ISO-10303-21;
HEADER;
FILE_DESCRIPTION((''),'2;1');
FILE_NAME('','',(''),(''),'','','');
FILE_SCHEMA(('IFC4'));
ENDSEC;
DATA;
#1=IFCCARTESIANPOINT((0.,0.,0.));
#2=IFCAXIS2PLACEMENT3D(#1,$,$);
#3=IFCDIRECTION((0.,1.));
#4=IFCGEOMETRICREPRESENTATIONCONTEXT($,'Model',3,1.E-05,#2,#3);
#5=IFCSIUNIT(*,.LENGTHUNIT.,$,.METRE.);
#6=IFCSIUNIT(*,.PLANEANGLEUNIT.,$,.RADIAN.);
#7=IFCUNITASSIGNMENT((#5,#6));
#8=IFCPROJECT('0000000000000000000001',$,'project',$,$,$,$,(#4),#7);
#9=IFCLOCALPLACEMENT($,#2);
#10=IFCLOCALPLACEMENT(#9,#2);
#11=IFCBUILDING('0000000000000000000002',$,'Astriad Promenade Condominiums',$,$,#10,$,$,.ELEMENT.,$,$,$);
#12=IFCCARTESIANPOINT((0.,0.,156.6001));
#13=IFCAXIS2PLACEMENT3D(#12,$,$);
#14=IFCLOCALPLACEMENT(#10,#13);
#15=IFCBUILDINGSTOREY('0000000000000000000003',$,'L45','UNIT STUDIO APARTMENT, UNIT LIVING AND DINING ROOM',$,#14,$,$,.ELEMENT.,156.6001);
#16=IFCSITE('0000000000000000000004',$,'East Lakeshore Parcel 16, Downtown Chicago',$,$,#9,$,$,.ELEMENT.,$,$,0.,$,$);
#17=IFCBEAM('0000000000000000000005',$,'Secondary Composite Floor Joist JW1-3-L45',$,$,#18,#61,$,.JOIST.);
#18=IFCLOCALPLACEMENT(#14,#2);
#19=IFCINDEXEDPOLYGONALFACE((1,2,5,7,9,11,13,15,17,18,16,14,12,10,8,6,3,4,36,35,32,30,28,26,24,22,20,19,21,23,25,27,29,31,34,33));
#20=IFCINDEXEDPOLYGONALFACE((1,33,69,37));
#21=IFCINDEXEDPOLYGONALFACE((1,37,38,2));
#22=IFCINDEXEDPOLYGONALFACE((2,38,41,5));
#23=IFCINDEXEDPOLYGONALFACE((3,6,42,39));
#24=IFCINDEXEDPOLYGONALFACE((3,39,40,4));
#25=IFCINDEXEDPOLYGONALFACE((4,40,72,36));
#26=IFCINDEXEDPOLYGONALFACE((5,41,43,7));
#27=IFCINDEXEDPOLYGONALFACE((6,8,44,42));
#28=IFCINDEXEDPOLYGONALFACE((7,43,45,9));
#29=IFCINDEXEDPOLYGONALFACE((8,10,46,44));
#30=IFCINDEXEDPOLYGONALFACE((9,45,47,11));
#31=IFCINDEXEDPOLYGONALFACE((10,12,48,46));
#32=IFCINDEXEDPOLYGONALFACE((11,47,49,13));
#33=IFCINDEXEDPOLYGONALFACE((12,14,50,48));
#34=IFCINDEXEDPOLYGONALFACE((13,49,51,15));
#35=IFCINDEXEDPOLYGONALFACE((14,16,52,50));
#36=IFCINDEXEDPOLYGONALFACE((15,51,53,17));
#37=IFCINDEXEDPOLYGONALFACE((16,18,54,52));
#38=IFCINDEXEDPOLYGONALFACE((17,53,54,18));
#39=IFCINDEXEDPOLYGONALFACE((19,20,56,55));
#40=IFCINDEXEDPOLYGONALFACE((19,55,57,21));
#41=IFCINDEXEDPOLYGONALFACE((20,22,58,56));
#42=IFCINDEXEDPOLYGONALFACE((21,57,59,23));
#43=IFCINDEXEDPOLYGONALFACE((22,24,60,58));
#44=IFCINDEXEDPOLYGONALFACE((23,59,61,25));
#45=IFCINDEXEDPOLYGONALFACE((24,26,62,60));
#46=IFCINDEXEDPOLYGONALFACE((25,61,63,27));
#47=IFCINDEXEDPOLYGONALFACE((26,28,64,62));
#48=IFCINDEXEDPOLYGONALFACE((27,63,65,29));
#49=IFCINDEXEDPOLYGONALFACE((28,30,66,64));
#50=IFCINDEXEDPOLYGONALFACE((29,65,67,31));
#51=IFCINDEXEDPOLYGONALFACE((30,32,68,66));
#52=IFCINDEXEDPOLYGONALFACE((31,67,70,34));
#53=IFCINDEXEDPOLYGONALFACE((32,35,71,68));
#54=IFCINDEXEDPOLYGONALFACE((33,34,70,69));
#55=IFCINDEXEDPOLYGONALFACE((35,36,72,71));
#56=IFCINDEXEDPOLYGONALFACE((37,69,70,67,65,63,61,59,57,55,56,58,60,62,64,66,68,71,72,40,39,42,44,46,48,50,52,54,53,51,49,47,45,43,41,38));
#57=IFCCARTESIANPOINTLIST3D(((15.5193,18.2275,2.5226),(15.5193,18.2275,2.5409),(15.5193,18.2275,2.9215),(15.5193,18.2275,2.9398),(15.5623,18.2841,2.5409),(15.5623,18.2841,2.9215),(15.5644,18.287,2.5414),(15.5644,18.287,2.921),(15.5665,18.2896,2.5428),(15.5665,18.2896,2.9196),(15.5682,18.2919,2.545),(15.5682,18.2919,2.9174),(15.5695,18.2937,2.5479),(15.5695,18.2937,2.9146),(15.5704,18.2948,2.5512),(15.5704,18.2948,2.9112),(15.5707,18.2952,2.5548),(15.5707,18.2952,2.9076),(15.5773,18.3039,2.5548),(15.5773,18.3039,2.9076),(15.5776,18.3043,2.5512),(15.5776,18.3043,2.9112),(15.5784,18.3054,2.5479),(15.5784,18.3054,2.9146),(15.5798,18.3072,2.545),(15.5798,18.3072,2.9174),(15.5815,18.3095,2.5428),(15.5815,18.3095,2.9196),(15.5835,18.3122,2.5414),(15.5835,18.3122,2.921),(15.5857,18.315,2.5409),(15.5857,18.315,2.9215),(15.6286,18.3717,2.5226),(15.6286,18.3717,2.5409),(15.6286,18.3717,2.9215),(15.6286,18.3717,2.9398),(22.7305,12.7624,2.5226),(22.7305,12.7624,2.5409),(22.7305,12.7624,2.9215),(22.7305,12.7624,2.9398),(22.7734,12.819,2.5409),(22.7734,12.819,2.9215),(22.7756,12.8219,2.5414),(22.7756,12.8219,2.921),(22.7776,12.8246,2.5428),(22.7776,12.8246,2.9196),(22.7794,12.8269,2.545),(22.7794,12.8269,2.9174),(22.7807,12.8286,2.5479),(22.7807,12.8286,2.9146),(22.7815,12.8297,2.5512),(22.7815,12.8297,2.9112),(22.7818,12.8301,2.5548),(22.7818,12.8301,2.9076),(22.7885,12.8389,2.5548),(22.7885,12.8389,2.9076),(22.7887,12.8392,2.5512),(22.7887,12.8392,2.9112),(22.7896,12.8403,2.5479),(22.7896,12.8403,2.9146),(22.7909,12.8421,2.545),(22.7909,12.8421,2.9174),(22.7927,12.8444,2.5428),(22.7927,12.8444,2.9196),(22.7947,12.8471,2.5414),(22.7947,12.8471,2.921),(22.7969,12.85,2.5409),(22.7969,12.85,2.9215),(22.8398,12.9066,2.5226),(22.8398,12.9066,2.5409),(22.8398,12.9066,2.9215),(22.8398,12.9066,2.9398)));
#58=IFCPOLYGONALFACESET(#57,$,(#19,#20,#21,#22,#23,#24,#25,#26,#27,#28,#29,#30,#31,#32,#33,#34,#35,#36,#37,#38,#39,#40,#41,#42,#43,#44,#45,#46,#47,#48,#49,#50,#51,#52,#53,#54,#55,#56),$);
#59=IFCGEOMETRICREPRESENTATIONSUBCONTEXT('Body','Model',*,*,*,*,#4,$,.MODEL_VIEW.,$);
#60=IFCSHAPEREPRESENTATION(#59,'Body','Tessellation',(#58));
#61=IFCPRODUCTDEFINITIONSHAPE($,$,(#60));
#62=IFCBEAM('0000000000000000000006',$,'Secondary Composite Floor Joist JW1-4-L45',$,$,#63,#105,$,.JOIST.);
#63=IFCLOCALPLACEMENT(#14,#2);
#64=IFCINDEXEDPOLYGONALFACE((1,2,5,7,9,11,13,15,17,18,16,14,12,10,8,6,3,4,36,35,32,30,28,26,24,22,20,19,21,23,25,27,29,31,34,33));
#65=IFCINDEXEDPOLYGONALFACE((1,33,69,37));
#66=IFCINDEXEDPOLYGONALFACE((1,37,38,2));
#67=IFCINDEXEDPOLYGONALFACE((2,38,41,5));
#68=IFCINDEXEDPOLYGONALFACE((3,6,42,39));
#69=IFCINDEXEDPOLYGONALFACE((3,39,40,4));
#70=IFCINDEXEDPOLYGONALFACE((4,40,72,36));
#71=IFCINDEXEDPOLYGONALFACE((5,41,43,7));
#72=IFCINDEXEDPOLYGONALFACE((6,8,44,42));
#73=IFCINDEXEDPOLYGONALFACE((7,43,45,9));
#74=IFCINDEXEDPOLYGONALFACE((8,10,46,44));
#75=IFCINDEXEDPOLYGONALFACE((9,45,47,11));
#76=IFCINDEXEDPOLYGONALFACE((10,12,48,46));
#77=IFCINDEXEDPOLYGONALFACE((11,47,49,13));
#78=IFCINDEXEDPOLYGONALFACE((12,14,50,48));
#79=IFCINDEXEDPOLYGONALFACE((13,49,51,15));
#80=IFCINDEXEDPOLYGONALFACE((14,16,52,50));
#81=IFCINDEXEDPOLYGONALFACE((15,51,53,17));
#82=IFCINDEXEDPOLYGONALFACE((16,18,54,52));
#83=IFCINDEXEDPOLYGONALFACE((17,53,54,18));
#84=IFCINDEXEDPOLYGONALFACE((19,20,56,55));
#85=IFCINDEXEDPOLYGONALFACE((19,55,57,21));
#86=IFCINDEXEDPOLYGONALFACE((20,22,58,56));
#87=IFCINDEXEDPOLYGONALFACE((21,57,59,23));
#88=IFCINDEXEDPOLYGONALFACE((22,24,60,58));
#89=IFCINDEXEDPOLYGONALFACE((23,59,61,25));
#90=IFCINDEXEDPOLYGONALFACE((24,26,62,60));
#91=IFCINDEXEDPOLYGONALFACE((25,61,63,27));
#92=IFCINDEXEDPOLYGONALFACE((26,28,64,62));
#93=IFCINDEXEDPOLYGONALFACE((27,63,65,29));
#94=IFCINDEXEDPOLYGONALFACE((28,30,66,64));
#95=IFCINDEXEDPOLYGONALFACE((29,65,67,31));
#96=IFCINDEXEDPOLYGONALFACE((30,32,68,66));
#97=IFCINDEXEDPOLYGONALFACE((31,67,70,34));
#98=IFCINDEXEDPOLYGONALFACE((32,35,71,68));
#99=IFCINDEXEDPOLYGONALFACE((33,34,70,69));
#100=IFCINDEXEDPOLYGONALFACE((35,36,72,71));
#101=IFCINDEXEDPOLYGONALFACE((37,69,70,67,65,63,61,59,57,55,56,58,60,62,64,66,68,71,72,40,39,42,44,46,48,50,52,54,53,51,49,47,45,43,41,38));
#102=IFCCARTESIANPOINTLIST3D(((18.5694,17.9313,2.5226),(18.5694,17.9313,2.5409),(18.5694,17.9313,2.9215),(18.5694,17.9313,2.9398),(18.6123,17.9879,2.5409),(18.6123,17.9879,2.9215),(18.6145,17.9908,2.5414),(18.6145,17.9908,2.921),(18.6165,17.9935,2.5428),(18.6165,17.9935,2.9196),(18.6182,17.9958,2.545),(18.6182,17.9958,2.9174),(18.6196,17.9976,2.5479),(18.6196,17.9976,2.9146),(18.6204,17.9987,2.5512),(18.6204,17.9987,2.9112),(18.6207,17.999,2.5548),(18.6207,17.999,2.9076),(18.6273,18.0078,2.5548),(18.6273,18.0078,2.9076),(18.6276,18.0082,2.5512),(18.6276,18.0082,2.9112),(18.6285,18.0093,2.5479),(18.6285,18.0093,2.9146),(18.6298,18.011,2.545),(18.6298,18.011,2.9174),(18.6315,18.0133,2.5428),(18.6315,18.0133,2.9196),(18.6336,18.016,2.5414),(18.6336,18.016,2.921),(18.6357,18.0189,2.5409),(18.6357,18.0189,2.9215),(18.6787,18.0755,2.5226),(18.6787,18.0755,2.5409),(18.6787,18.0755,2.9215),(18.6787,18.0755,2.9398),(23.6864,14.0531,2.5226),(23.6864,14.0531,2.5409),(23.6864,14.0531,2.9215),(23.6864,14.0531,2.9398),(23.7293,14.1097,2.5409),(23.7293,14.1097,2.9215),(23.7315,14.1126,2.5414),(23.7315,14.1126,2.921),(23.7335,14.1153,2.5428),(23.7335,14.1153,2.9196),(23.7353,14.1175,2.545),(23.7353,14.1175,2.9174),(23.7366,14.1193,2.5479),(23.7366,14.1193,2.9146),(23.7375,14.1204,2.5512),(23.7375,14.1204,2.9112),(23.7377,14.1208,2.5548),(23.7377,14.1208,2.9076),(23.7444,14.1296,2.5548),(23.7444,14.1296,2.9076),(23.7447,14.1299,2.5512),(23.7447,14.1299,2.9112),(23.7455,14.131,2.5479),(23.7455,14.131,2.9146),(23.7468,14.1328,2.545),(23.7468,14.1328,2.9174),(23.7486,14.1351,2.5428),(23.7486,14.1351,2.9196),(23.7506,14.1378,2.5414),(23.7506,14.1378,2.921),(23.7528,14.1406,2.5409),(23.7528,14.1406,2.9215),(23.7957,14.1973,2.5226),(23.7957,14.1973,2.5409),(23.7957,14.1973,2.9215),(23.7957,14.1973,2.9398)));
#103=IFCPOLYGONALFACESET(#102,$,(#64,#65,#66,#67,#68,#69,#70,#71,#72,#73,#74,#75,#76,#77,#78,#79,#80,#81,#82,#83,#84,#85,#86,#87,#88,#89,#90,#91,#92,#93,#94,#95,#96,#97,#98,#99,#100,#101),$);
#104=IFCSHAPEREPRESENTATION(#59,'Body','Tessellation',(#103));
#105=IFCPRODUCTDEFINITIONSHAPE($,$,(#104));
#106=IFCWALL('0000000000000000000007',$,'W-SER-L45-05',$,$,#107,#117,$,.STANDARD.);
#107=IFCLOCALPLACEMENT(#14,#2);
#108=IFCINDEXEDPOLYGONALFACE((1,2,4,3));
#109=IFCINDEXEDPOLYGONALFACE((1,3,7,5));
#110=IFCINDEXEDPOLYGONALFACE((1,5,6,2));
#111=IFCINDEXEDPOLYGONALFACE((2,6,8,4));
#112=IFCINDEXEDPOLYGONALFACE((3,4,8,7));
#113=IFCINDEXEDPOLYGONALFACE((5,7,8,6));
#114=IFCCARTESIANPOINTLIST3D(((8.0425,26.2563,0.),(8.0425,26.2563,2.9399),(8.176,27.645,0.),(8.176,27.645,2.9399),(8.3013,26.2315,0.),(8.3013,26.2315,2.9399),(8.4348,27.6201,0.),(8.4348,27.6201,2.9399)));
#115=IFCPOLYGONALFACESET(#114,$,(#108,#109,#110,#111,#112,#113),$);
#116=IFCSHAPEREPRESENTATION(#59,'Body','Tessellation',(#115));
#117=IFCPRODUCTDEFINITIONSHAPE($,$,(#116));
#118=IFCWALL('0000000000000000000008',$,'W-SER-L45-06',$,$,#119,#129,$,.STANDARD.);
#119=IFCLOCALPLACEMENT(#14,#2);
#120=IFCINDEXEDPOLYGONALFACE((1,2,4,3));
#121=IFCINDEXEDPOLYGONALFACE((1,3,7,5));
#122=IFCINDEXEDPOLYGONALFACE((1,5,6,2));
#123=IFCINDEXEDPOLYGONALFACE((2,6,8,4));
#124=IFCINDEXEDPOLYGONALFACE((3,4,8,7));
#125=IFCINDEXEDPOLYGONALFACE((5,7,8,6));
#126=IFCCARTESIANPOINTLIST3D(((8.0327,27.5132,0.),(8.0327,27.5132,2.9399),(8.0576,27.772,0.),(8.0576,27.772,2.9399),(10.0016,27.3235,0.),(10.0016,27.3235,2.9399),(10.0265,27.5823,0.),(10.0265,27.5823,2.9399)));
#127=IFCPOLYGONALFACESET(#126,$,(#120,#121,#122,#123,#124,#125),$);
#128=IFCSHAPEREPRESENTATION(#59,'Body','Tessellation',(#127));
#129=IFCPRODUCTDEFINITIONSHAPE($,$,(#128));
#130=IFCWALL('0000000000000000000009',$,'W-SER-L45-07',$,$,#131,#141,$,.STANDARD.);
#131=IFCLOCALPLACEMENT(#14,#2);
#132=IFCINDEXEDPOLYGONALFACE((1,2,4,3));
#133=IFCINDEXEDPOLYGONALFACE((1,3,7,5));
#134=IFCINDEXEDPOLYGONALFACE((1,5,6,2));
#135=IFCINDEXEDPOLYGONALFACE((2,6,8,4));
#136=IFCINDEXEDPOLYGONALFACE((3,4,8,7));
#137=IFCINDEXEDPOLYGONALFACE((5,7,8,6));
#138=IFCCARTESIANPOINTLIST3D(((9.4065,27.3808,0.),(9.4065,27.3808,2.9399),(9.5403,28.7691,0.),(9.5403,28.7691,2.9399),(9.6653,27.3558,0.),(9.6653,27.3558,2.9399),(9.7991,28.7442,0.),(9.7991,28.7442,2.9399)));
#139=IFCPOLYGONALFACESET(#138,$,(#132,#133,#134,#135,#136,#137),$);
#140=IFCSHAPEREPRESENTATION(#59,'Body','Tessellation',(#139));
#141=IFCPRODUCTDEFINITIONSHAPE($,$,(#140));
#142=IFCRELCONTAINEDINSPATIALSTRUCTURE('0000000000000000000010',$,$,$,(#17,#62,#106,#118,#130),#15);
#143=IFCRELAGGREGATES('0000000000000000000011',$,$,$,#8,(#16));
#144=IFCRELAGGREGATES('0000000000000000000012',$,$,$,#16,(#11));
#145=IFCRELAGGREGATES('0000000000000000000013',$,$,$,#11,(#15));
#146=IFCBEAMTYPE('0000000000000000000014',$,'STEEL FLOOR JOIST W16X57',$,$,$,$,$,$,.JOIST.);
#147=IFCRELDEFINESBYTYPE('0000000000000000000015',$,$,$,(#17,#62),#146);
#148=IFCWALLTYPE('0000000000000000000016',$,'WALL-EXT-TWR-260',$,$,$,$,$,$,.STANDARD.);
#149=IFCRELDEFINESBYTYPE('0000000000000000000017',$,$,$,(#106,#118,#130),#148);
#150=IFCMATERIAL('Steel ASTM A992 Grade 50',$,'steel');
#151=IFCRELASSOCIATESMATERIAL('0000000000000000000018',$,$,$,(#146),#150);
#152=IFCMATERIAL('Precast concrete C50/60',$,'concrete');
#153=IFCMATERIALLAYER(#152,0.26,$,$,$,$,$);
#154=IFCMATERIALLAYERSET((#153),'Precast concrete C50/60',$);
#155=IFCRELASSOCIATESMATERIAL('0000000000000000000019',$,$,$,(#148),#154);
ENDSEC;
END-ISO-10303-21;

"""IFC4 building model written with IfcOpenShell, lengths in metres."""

from ifc_helpers import new_model, si_unit, direction, frame, frame_2d, origin, origin_2d, place, context, subcontext, project, spatial, rectangle, i_section, extrude, source, transform, mapped, material, layer, layer_set, material_profile, profile_set, type_object, element, save


model = new_model("IFC4")

# Units and contexts
model_context = context("Model", 3, precision=1e-05, world=origin(), true_north=direction((0.0, 1.0)))
body_context = subcontext(model_context, "Body", "Model", "MODEL_VIEW")
ifc_project = project(units=[si_unit("LENGTHUNIT", "METRE"), si_unit("PLANEANGLEUNIT", "RADIAN")], contexts=[model_context])

# Site, building, storey
site_placement = place(None, origin())
site = spatial("IfcSite", under=ifc_project, at=site_placement, Name="East Lakeshore Parcel 16, Downtown Chicago", CompositionType="ELEMENT", RefElevation=0.0)
building_placement = place(site_placement, origin())
building = spatial("IfcBuilding", under=site, at=building_placement, Name="Astriad Promenade Condominiums", CompositionType="ELEMENT")
storey_placement = place(building_placement, frame((0.0, 0.0, 156.6001)))
storey = spatial("IfcBuildingStorey", under=building, at=storey_placement, Name="L45", Description="UNIT STUDIO APARTMENT, UNIT LIVING AND DINING ROOM", CompositionType="ELEMENT", Elevation=156.6001)

# Beams
ifc_material_1 = material(Name="Steel ASTM A992 Grade 50", Category="steel")
ifc_material_profile_1 = material_profile(ifc_material_1, i_section(OverallWidth=0.1809, OverallDepth=0.4172, WebThickness=0.011, FlangeThickness=0.0183, FilletRadius=0.0139, at=origin_2d()), Name="W16X57")
ifc_profile_set_1 = profile_set([ifc_material_profile_1], Name="Steel ASTM A992 Grade 50")
beam_type_1 = type_object("IfcBeamType", Name="STEEL FLOOR JOIST W16X57", PredefinedType="JOIST", material=ifc_profile_set_1)
shared_shape_1 = source(origin(), body_context, "Body", "SweptSolid", [
    extrude(i_section(OverallWidth=0.1809, OverallDepth=0.4172, WebThickness=0.011, FlangeThickness=0.0183, FilletRadius=0.0139, at=origin_2d()), origin(), (0.0, 0.0, 1.0), 9.0481),
])
beam_1_placement = place(storey_placement, frame((15.574, 18.2996, 2.7312), z_axis=(0.796982, -0.604003, 0.0), x_axis=(0.604003, 0.796982, 0.0)))
element("IfcBeam", 1, at=beam_1_placement, inside=storey, type_object=beam_type_1, Name="Secondary Composite Floor Joist JW1-3-L45", PredefinedType="JOIST", context=body_context, shape_type="MappedRepresentation", body=[
    mapped(shared_shape_1, transform((0.0, 0.0, 0.0), scale=1.0)),
])
shared_shape_2 = source(origin(), body_context, "Body", "SweptSolid", [
    extrude(i_section(OverallWidth=0.1809, OverallDepth=0.4172, WebThickness=0.011, FlangeThickness=0.0183, FilletRadius=0.0139, at=origin_2d()), origin(), (0.0, 0.0, 1.0), 6.4207),
])
beam_2_placement = place(storey_placement, frame((18.624, 18.0034, 2.7312), z_axis=(0.796965, -0.604026, 0.0), x_axis=(0.604026, 0.796965, 0.0)))
element("IfcBeam", 2, at=beam_2_placement, inside=storey, type_object=beam_type_1, Name="Secondary Composite Floor Joist JW1-4-L45", PredefinedType="JOIST", context=body_context, shape_type="MappedRepresentation", body=[
    mapped(shared_shape_2, transform((0.0, 0.0, 0.0), scale=1.0)),
])

# Walls
ifc_material_2 = material(Name="Precast concrete C50/60", Category="concrete")
ifc_layer_1 = layer(ifc_material_2, 0.26)
ifc_layer_set_1 = layer_set([ifc_layer_1], Name="Precast concrete C50/60")
wall_type_1 = type_object("IfcWallType", Name="WALL-EXT-TWR-260", PredefinedType="STANDARD", material=ifc_layer_set_1)
wall_1_placement = place(storey_placement, frame((8.1719, 26.2439, 0.0), z_axis=(0.0, 0.0, 1.0), x_axis=(0.095726, 0.995408, 0.0)))
element("IfcWall", 3, at=wall_1_placement, inside=storey, type_object=wall_type_1, Name="W-SER-L45-05", PredefinedType="STANDARD", context=body_context, shape_type="SweptSolid", body=[
    extrude(rectangle(XDim=1.395, YDim=0.26, at=frame_2d((0.6975, 0.0))), origin(), (0.0, 0.0, 1.0), 2.9399),
])
wall_2_placement = place(storey_placement, frame((8.0452, 27.6426, 0.0), z_axis=(0.0, 0.0, 1.0), x_axis=(0.995391, -0.095898, 0.0)))
element("IfcWall", 4, at=wall_2_placement, inside=storey, type_object=wall_type_1, Name="W-SER-L45-06", PredefinedType="STANDARD", context=body_context, shape_type="SweptSolid", body=[
    extrude(rectangle(XDim=1.978, YDim=0.26, at=frame_2d((0.989, 0.0))), origin(), (0.0, 0.0, 1.0), 2.9399),
])
wall_3_placement = place(storey_placement, frame((9.5359, 27.3684, 0.0), z_axis=(0.0, 0.0, 1.0), x_axis=(0.095916, 0.995389, 0.0)))
element("IfcWall", 5, at=wall_3_placement, inside=storey, type_object=wall_type_1, Name="W-SER-L45-07", PredefinedType="STANDARD", context=body_context, shape_type="SweptSolid", body=[
    extrude(rectangle(XDim=1.3948, YDim=0.26, at=frame_2d((0.6973, 0.0))), origin(), (0.0, 0.0, 1.0), 2.9399),
])

save(model, "model.ifc")
